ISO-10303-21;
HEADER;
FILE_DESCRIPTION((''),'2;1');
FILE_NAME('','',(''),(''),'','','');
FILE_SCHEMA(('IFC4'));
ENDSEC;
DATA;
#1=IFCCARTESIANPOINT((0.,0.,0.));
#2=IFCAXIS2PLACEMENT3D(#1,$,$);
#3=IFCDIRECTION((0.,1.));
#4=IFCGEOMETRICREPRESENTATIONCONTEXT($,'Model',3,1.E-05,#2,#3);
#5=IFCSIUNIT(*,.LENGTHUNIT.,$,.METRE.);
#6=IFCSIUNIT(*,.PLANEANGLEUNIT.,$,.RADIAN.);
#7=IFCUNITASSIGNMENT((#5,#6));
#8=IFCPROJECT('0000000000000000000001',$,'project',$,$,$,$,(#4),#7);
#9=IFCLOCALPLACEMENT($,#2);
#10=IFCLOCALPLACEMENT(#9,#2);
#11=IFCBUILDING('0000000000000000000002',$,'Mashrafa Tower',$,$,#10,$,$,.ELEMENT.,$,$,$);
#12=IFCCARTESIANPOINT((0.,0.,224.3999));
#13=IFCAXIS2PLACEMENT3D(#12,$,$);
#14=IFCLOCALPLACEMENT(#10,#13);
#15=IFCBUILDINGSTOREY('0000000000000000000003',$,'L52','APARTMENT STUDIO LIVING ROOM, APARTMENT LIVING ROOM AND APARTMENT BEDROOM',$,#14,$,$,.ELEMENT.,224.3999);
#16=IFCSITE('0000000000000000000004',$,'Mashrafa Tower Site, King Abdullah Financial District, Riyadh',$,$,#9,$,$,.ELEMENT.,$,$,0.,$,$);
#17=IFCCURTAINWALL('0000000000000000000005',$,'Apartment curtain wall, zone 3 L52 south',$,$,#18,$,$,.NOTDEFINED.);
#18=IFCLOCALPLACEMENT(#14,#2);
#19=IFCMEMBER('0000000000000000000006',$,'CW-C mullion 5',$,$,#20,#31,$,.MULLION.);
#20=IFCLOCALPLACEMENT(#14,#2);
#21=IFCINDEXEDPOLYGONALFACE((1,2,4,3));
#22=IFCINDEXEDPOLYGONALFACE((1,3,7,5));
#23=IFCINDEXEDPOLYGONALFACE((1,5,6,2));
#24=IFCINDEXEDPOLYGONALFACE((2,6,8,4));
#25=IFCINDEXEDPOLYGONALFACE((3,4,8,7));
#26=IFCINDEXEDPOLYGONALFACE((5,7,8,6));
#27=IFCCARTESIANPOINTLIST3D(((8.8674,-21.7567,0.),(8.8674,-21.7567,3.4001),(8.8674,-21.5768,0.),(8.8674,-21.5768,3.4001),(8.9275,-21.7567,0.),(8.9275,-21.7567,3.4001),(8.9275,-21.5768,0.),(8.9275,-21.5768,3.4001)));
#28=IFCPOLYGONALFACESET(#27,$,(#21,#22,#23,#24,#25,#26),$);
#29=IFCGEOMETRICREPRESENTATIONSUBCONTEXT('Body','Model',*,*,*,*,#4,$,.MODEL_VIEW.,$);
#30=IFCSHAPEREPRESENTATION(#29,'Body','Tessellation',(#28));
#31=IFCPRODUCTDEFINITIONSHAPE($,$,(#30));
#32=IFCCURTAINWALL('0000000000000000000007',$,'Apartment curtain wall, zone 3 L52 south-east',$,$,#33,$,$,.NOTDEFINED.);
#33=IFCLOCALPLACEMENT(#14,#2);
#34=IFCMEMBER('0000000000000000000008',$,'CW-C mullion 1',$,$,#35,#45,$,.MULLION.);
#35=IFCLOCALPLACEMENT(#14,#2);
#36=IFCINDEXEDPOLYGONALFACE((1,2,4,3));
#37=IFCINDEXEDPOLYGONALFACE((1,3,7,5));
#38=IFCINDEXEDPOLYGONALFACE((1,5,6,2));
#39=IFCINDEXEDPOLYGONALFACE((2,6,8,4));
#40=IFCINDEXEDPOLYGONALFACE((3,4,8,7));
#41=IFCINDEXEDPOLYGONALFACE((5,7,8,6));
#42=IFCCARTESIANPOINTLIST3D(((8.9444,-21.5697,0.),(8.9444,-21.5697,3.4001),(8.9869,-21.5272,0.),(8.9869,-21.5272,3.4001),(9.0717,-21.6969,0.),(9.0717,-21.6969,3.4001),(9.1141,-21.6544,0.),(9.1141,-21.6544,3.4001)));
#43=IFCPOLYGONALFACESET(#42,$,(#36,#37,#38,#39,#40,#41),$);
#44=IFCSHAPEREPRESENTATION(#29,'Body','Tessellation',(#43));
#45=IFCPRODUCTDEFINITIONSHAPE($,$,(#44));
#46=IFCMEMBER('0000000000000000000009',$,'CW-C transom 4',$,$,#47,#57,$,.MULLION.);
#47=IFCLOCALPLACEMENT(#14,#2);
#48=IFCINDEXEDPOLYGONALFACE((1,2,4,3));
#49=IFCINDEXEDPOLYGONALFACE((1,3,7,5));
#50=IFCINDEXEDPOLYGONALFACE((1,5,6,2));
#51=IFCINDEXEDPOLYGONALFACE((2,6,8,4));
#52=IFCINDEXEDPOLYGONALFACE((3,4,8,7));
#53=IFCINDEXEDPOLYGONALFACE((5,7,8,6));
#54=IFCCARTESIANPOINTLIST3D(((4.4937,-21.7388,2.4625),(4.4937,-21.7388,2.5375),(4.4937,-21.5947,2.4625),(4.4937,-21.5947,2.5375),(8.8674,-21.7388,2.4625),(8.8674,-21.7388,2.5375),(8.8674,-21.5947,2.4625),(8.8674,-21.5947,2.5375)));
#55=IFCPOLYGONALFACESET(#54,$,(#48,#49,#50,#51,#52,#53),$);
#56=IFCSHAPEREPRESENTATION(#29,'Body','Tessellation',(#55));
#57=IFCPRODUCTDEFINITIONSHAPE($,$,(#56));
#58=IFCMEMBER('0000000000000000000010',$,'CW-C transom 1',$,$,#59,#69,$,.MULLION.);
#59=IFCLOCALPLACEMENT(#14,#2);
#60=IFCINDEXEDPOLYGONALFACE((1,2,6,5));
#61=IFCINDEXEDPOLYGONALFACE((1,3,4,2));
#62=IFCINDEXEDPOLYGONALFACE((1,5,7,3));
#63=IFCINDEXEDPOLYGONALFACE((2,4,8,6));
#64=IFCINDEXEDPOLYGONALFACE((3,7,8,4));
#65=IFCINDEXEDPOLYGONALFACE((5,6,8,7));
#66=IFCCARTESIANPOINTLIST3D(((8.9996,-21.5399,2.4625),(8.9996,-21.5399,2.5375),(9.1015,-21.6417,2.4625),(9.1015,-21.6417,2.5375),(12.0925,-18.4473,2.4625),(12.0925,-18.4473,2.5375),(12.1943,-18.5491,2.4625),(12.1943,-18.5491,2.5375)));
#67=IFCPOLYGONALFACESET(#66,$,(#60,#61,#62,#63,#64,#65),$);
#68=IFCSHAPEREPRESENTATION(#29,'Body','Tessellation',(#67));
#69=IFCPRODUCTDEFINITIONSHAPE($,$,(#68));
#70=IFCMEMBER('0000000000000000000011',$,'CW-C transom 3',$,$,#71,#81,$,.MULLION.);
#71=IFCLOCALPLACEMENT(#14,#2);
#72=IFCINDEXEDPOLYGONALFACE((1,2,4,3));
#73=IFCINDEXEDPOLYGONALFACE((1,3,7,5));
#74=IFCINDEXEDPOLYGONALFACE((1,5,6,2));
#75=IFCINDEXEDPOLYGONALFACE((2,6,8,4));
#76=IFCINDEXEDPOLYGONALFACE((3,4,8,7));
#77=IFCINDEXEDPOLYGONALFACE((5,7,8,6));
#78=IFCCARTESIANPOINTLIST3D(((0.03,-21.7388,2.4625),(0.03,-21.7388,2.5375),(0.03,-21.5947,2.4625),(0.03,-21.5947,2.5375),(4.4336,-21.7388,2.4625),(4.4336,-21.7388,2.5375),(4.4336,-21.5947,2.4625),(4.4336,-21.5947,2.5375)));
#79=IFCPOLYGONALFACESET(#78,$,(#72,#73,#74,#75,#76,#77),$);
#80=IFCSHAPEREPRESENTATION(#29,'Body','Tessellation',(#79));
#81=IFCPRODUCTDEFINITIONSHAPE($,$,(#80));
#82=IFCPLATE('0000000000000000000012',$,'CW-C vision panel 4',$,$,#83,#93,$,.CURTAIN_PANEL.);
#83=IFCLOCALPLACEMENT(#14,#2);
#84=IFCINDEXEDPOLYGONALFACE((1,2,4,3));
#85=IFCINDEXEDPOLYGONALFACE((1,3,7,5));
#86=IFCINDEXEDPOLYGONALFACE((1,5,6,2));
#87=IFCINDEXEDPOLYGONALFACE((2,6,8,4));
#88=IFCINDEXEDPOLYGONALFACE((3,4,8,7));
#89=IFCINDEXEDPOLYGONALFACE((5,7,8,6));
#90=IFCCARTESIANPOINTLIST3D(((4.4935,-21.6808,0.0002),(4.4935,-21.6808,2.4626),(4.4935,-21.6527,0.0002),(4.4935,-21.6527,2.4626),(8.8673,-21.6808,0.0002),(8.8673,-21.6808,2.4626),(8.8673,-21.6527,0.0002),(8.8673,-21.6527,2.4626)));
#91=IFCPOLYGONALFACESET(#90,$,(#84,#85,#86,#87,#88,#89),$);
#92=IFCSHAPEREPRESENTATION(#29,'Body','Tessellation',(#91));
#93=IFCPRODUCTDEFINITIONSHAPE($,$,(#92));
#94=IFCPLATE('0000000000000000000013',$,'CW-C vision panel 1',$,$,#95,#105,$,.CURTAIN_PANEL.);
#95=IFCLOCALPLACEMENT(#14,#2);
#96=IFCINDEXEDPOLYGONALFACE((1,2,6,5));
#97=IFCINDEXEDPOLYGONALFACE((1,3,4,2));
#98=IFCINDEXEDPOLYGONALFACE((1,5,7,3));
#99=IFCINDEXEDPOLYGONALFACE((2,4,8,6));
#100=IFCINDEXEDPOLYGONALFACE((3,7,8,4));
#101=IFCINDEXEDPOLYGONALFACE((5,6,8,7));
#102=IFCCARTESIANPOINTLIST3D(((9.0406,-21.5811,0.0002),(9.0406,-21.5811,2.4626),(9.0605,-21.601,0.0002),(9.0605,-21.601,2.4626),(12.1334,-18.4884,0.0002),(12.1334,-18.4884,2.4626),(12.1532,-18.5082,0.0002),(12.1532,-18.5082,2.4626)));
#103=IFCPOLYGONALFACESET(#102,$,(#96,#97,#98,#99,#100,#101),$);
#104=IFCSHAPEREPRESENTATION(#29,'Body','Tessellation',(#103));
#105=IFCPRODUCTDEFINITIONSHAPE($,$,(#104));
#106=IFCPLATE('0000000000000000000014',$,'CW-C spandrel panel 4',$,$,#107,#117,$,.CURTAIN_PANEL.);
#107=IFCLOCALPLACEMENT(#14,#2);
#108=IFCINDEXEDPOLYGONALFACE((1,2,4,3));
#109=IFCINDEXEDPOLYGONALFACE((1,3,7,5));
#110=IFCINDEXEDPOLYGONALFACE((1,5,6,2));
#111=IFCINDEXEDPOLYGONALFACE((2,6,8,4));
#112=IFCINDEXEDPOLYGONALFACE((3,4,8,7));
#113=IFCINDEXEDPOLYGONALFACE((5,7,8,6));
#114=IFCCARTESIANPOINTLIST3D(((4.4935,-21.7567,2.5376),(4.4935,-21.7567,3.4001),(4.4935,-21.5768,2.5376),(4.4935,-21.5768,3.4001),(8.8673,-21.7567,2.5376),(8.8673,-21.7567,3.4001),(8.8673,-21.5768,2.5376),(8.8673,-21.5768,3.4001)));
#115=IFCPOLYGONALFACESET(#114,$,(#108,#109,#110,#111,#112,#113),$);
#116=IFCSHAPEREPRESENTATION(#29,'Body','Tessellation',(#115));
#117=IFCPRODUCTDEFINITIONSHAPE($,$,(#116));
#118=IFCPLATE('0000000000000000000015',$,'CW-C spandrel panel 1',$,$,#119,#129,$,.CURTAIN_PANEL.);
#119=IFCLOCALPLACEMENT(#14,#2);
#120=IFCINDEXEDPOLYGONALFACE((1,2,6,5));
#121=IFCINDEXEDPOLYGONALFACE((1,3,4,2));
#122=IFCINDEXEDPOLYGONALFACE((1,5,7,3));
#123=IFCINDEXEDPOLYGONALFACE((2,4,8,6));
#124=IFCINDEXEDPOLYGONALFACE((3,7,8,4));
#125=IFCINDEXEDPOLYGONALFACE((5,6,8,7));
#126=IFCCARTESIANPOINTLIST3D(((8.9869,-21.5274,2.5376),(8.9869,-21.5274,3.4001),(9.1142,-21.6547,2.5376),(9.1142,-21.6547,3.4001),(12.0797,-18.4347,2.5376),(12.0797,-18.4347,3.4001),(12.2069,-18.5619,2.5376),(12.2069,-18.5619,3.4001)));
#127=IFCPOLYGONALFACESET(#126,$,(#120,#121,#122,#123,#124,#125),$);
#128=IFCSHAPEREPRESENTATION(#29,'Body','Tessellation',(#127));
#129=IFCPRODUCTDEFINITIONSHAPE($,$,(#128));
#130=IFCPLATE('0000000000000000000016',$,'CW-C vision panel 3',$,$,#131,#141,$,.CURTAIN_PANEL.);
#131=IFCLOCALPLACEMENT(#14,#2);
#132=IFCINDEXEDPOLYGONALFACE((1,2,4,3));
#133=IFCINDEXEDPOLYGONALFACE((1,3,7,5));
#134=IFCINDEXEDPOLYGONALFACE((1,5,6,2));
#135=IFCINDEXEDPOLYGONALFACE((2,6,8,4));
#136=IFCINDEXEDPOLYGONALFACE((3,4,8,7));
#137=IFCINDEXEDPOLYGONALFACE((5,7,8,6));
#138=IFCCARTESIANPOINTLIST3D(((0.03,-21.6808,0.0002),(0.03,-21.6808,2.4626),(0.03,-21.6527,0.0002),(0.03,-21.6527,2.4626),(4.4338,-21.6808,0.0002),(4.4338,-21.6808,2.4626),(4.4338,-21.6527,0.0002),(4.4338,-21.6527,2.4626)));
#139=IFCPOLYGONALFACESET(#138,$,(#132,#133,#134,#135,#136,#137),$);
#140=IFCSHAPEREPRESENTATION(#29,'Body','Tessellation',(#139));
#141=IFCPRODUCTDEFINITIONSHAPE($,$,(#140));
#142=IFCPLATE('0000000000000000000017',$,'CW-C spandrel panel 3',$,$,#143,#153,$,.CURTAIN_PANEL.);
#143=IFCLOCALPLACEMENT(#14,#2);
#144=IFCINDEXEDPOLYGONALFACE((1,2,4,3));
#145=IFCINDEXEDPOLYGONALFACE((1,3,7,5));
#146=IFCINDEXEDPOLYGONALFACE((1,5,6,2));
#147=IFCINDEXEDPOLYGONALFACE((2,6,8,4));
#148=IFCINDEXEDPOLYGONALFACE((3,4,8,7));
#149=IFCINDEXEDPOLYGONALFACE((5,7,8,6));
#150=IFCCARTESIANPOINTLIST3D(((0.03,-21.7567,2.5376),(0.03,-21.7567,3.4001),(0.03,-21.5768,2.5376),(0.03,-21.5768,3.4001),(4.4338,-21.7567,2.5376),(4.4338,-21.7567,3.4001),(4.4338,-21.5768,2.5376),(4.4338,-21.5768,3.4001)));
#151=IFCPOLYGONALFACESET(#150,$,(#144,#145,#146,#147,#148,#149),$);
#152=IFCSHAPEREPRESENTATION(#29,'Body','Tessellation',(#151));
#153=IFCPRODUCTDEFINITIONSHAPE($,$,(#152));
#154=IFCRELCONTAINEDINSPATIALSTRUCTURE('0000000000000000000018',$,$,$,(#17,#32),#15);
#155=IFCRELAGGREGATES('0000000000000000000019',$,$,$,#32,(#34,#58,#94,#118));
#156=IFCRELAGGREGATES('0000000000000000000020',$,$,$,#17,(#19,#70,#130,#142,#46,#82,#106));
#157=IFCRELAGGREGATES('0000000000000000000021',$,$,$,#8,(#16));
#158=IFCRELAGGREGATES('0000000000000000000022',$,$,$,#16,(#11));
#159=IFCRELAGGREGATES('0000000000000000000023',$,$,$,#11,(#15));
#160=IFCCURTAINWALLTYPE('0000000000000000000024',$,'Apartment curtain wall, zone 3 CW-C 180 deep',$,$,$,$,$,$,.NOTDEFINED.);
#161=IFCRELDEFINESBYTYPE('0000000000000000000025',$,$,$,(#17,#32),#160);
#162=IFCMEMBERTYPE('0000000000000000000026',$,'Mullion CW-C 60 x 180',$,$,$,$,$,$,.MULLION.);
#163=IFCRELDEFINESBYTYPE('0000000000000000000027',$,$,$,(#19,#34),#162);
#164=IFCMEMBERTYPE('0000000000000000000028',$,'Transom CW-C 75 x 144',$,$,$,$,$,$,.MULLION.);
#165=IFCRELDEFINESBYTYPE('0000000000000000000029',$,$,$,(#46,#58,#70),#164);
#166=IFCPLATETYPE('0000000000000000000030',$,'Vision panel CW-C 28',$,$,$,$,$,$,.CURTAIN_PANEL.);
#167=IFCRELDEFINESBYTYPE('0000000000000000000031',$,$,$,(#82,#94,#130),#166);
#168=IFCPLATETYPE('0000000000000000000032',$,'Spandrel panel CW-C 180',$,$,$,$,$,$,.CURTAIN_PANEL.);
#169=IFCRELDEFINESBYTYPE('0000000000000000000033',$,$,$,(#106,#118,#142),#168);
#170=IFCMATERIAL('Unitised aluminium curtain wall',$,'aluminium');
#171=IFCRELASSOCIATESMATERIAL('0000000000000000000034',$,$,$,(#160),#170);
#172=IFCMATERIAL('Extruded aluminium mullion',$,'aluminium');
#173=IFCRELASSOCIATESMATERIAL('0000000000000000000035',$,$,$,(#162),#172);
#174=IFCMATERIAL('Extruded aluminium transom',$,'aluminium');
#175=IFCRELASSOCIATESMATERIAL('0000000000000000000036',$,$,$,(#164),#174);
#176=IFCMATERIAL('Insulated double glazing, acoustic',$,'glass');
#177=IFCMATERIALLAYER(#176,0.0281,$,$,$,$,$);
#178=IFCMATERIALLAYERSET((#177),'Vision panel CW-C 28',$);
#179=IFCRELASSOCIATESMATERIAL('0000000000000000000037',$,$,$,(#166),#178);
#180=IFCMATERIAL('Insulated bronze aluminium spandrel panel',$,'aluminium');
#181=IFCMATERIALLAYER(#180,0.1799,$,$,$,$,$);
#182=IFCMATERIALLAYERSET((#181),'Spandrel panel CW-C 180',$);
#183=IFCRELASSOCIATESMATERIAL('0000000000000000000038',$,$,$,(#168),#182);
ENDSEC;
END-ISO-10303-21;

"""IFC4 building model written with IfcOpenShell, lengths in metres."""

from ifc_helpers import new_model, si_unit, direction, frame, origin, origin_2d, place, context, subcontext, project, spatial, rectangle, extrude, source, transform, mapped, material, layer, layer_set, material_profile, profile_set, type_object, type_shapes, element, aggregate, save


model = new_model("IFC4")

# Units and contexts
model_context = context("Model", 3, precision=1e-05, world=origin(), true_north=direction((0.0, 1.0)))
body_context = subcontext(model_context, "Body", "Model", "MODEL_VIEW")
ifc_project = project(units=[si_unit("LENGTHUNIT", "METRE"), si_unit("PLANEANGLEUNIT", "RADIAN")], contexts=[model_context])

# Site, building, storey
site_placement = place(None, origin())
site = spatial("IfcSite", under=ifc_project, at=site_placement, Name="Mashrafa Tower Site, King Abdullah Financial District, Riyadh", CompositionType="ELEMENT", RefElevation=0.0)
building_placement = place(site_placement, origin())
building = spatial("IfcBuilding", under=site, at=building_placement, Name="Mashrafa Tower", CompositionType="ELEMENT")
storey_placement = place(building_placement, frame((0.0, 0.0, 224.3999)))
storey = spatial("IfcBuildingStorey", under=building, at=storey_placement, Name="L52", Description="APARTMENT STUDIO LIVING ROOM, APARTMENT LIVING ROOM AND APARTMENT BEDROOM", CompositionType="ELEMENT", Elevation=224.3999)

# Curtain wall, member
ifc_material_1 = material(Name="Unitised aluminium curtain wall", Category="aluminium")
curtain_wall_type = type_object("IfcCurtainWallType", Name="Apartment curtain wall, zone 3 CW-C 180 deep", PredefinedType="NOTDEFINED", material=ifc_material_1)
curtain_wall_1_placement = place(storey_placement, origin())
curtain_wall_1 = element("IfcCurtainWall", 1, at=curtain_wall_1_placement, inside=storey, type_object=curtain_wall_type, Name="Apartment curtain wall, zone 3 L52 south", PredefinedType="NOTDEFINED")
ifc_material_2 = material(Name="Extruded aluminium mullion", Category="aluminium")
ifc_material_profile_1 = material_profile(ifc_material_2, rectangle(XDim=0.1799, YDim=0.0601, at=origin_2d()), Name="Mullion 60x180")
ifc_profile_set_1 = profile_set([ifc_material_profile_1], Name="Extruded aluminium mullion")
member_type_1 = type_object("IfcMemberType", Name="Mullion CW-C 60 x 180", PredefinedType="MULLION", material=ifc_profile_set_1)
shared_shape_1 = source(origin(), body_context, "Body", "SweptSolid", [
    extrude(rectangle(XDim=0.1799, YDim=0.0601, at=origin_2d()), origin(), (0.0, 0.0, 1.0), 3.4001),
])
type_shapes(member_type_1, [shared_shape_1])
member_1_placement = place(storey_placement, frame((8.8975, -21.6667, 0.0), z_axis=(0.0, 0.0, 1.0), x_axis=(0.0, 1.0, 0.0)))
member_1 = element("IfcMember", 2, at=member_1_placement, type_object=member_type_1, Name="CW-C mullion 5", PredefinedType="MULLION", context=body_context, shape_type="MappedRepresentation", body=[
    mapped(shared_shape_1, transform((0.0, 0.0, 0.0))),
])

# Curtain wall, member
curtain_wall_2_placement = place(storey_placement, origin())
curtain_wall_2 = element("IfcCurtainWall", 3, at=curtain_wall_2_placement, inside=storey, type_object=curtain_wall_type, Name="Apartment curtain wall, zone 3 L52 south-east", PredefinedType="NOTDEFINED")
member_2_placement = place(storey_placement, frame((9.0293, -21.6121, 0.0), z_axis=(0.0, 0.0, 1.0), x_axis=(-0.707107, 0.707107, 0.0)))
member_2 = element("IfcMember", 4, at=member_2_placement, type_object=member_type_1, Name="CW-C mullion 1", PredefinedType="MULLION", context=body_context, shape_type="MappedRepresentation", body=[
    mapped(shared_shape_1, transform((0.0, 0.0, 0.0))),
])

# Members
ifc_material_3 = material(Name="Extruded aluminium transom", Category="aluminium")
ifc_material_profile_2 = material_profile(ifc_material_3, rectangle(XDim=0.144, YDim=0.075, at=origin_2d()), Name="Transom 75x144")
ifc_profile_set_2 = profile_set([ifc_material_profile_2], Name="Extruded aluminium transom")
member_type_2 = type_object("IfcMemberType", Name="Transom CW-C 75 x 144", PredefinedType="MULLION", material=ifc_profile_set_2)
shared_shape_2 = source(origin(), body_context, "Body", "SweptSolid", [
    extrude(rectangle(XDim=0.144, YDim=0.075, at=origin_2d()), origin(), (0.0, 0.0, 1.0), 4.3738),
])
member_3_placement = place(storey_placement, frame((4.4937, -21.6667, 2.5), z_axis=(1.0, 0.0, 0.0), x_axis=(0.0, 1.0, 0.0)))
member_3 = element("IfcMember", 5, at=member_3_placement, type_object=member_type_2, Name="CW-C transom 4", PredefinedType="MULLION", context=body_context, shape_type="MappedRepresentation", body=[
    mapped(shared_shape_2, transform((0.0, 0.0, 0.0))),
])
member_4_placement = place(storey_placement, frame((9.0505, -21.5908, 2.5), z_axis=(0.707135, 0.707079, 0.0), x_axis=(-0.707079, 0.707135, 0.0)))
member_4 = element("IfcMember", 6, at=member_4_placement, type_object=member_type_2, Name="CW-C transom 1", PredefinedType="MULLION", context=body_context, shape_type="MappedRepresentation", body=[
    mapped(shared_shape_2, transform((0.0, 0.0, 0.0))),
])
shared_shape_3 = source(origin(), body_context, "Body", "SweptSolid", [
    extrude(rectangle(XDim=0.144, YDim=0.075, at=origin_2d()), origin(), (0.0, 0.0, 1.0), 4.4036),
])
type_shapes(member_type_2, [shared_shape_2, shared_shape_3])
member_5_placement = place(storey_placement, frame((0.03, -21.6667, 2.5), z_axis=(1.0, 0.0, 0.0), x_axis=(0.0, 1.0, 0.0)))
member_5 = element("IfcMember", 7, at=member_5_placement, type_object=member_type_2, Name="CW-C transom 3", PredefinedType="MULLION", context=body_context, shape_type="MappedRepresentation", body=[
    mapped(shared_shape_3, transform((0.0, 0.0, 0.0))),
])

# Plates
ifc_material_4 = material(Name="Insulated double glazing, acoustic", Category="glass")
ifc_layer_1 = layer(ifc_material_4, 0.0281)
ifc_layer_set_1 = layer_set([ifc_layer_1], Name="Vision panel CW-C 28")
plate_type_1 = type_object("IfcPlateType", Name="Vision panel CW-C 28", PredefinedType="CURTAIN_PANEL", material=ifc_layer_set_1)
shared_shape_4 = source(origin(), body_context, "Body", "SweptSolid", [
    extrude(rectangle(XDim=4.3738, YDim=0.0281, at=origin_2d()), origin(), (0.0, 0.0, 1.0), 2.4624),
])
plate_1_placement = place(storey_placement, frame((6.6804, -21.6667, 0.0002), z_axis=(0.0, 0.0, 1.0), x_axis=(1.0, 0.0, 0.0)))
plate_1 = element("IfcPlate", 8, at=plate_1_placement, type_object=plate_type_1, Name="CW-C vision panel 4", PredefinedType="CURTAIN_PANEL", context=body_context, shape_type="MappedRepresentation", body=[
    mapped(shared_shape_4, transform((0.0, 0.0, 0.0))),
])
plate_2_placement = place(storey_placement, frame((10.5969, -20.0447, 0.0002), z_axis=(0.0, 0.0, 1.0), x_axis=(0.707107, 0.707107, 0.0)))
plate_2 = element("IfcPlate", 9, at=plate_2_placement, type_object=plate_type_1, Name="CW-C vision panel 1", PredefinedType="CURTAIN_PANEL", context=body_context, shape_type="MappedRepresentation", body=[
    mapped(shared_shape_4, transform((0.0, 0.0, 0.0))),
])
ifc_material_5 = material(Name="Insulated bronze aluminium spandrel panel", Category="aluminium")
ifc_layer_2 = layer(ifc_material_5, 0.1799)
ifc_layer_set_2 = layer_set([ifc_layer_2], Name="Spandrel panel CW-C 180")
plate_type_2 = type_object("IfcPlateType", Name="Spandrel panel CW-C 180", PredefinedType="CURTAIN_PANEL", material=ifc_layer_set_2)
shared_shape_5 = source(origin(), body_context, "Body", "SweptSolid", [
    extrude(rectangle(XDim=4.3738, YDim=0.1799, at=origin_2d()), origin(), (0.0, 0.0, 1.0), 0.8625),
])
plate_3_placement = place(storey_placement, frame((6.6804, -21.6667, 2.5376), z_axis=(0.0, 0.0, 1.0), x_axis=(1.0, 0.0, 0.0)))
plate_3 = element("IfcPlate", 10, at=plate_3_placement, type_object=plate_type_2, Name="CW-C spandrel panel 4", PredefinedType="CURTAIN_PANEL", context=body_context, shape_type="MappedRepresentation", body=[
    mapped(shared_shape_5, transform((0.0, 0.0, 0.0))),
])
plate_4_placement = place(storey_placement, frame((10.5969, -20.0447, 2.5376), z_axis=(0.0, 0.0, 1.0), x_axis=(0.707107, 0.707107, 0.0)))
plate_4 = element("IfcPlate", 11, at=plate_4_placement, type_object=plate_type_2, Name="CW-C spandrel panel 1", PredefinedType="CURTAIN_PANEL", context=body_context, shape_type="MappedRepresentation", body=[
    mapped(shared_shape_5, transform((0.0, 0.0, 0.0))),
])
aggregate(curtain_wall_2, [member_2, member_4, plate_2, plate_4])
shared_shape_6 = source(origin(), body_context, "Body", "SweptSolid", [
    extrude(rectangle(XDim=4.4038, YDim=0.0281, at=origin_2d()), origin(), (0.0, 0.0, 1.0), 2.4624),
])
type_shapes(plate_type_1, [shared_shape_4, shared_shape_6])
plate_5_placement = place(storey_placement, frame((2.2319, -21.6667, 0.0002), z_axis=(0.0, 0.0, 1.0), x_axis=(1.0, 0.0, 0.0)))
plate_5 = element("IfcPlate", 12, at=plate_5_placement, type_object=plate_type_1, Name="CW-C vision panel 3", PredefinedType="CURTAIN_PANEL", context=body_context, shape_type="MappedRepresentation", body=[
    mapped(shared_shape_6, transform((0.0, 0.0, 0.0))),
])
shared_shape_7 = source(origin(), body_context, "Body", "SweptSolid", [
    extrude(rectangle(XDim=4.4038, YDim=0.1799, at=origin_2d()), origin(), (0.0, 0.0, 1.0), 0.8625),
])
type_shapes(plate_type_2, [shared_shape_5, shared_shape_7])
plate_6_placement = place(storey_placement, frame((2.2319, -21.6667, 2.5376), z_axis=(0.0, 0.0, 1.0), x_axis=(1.0, 0.0, 0.0)))
plate_6 = element("IfcPlate", 13, at=plate_6_placement, type_object=plate_type_2, Name="CW-C spandrel panel 3", PredefinedType="CURTAIN_PANEL", context=body_context, shape_type="MappedRepresentation", body=[
    mapped(shared_shape_7, transform((0.0, 0.0, 0.0))),
])
aggregate(curtain_wall_1, [member_1, member_5, plate_5, plate_6, member_3, plate_1, plate_3])

save(model, "model.ifc")
